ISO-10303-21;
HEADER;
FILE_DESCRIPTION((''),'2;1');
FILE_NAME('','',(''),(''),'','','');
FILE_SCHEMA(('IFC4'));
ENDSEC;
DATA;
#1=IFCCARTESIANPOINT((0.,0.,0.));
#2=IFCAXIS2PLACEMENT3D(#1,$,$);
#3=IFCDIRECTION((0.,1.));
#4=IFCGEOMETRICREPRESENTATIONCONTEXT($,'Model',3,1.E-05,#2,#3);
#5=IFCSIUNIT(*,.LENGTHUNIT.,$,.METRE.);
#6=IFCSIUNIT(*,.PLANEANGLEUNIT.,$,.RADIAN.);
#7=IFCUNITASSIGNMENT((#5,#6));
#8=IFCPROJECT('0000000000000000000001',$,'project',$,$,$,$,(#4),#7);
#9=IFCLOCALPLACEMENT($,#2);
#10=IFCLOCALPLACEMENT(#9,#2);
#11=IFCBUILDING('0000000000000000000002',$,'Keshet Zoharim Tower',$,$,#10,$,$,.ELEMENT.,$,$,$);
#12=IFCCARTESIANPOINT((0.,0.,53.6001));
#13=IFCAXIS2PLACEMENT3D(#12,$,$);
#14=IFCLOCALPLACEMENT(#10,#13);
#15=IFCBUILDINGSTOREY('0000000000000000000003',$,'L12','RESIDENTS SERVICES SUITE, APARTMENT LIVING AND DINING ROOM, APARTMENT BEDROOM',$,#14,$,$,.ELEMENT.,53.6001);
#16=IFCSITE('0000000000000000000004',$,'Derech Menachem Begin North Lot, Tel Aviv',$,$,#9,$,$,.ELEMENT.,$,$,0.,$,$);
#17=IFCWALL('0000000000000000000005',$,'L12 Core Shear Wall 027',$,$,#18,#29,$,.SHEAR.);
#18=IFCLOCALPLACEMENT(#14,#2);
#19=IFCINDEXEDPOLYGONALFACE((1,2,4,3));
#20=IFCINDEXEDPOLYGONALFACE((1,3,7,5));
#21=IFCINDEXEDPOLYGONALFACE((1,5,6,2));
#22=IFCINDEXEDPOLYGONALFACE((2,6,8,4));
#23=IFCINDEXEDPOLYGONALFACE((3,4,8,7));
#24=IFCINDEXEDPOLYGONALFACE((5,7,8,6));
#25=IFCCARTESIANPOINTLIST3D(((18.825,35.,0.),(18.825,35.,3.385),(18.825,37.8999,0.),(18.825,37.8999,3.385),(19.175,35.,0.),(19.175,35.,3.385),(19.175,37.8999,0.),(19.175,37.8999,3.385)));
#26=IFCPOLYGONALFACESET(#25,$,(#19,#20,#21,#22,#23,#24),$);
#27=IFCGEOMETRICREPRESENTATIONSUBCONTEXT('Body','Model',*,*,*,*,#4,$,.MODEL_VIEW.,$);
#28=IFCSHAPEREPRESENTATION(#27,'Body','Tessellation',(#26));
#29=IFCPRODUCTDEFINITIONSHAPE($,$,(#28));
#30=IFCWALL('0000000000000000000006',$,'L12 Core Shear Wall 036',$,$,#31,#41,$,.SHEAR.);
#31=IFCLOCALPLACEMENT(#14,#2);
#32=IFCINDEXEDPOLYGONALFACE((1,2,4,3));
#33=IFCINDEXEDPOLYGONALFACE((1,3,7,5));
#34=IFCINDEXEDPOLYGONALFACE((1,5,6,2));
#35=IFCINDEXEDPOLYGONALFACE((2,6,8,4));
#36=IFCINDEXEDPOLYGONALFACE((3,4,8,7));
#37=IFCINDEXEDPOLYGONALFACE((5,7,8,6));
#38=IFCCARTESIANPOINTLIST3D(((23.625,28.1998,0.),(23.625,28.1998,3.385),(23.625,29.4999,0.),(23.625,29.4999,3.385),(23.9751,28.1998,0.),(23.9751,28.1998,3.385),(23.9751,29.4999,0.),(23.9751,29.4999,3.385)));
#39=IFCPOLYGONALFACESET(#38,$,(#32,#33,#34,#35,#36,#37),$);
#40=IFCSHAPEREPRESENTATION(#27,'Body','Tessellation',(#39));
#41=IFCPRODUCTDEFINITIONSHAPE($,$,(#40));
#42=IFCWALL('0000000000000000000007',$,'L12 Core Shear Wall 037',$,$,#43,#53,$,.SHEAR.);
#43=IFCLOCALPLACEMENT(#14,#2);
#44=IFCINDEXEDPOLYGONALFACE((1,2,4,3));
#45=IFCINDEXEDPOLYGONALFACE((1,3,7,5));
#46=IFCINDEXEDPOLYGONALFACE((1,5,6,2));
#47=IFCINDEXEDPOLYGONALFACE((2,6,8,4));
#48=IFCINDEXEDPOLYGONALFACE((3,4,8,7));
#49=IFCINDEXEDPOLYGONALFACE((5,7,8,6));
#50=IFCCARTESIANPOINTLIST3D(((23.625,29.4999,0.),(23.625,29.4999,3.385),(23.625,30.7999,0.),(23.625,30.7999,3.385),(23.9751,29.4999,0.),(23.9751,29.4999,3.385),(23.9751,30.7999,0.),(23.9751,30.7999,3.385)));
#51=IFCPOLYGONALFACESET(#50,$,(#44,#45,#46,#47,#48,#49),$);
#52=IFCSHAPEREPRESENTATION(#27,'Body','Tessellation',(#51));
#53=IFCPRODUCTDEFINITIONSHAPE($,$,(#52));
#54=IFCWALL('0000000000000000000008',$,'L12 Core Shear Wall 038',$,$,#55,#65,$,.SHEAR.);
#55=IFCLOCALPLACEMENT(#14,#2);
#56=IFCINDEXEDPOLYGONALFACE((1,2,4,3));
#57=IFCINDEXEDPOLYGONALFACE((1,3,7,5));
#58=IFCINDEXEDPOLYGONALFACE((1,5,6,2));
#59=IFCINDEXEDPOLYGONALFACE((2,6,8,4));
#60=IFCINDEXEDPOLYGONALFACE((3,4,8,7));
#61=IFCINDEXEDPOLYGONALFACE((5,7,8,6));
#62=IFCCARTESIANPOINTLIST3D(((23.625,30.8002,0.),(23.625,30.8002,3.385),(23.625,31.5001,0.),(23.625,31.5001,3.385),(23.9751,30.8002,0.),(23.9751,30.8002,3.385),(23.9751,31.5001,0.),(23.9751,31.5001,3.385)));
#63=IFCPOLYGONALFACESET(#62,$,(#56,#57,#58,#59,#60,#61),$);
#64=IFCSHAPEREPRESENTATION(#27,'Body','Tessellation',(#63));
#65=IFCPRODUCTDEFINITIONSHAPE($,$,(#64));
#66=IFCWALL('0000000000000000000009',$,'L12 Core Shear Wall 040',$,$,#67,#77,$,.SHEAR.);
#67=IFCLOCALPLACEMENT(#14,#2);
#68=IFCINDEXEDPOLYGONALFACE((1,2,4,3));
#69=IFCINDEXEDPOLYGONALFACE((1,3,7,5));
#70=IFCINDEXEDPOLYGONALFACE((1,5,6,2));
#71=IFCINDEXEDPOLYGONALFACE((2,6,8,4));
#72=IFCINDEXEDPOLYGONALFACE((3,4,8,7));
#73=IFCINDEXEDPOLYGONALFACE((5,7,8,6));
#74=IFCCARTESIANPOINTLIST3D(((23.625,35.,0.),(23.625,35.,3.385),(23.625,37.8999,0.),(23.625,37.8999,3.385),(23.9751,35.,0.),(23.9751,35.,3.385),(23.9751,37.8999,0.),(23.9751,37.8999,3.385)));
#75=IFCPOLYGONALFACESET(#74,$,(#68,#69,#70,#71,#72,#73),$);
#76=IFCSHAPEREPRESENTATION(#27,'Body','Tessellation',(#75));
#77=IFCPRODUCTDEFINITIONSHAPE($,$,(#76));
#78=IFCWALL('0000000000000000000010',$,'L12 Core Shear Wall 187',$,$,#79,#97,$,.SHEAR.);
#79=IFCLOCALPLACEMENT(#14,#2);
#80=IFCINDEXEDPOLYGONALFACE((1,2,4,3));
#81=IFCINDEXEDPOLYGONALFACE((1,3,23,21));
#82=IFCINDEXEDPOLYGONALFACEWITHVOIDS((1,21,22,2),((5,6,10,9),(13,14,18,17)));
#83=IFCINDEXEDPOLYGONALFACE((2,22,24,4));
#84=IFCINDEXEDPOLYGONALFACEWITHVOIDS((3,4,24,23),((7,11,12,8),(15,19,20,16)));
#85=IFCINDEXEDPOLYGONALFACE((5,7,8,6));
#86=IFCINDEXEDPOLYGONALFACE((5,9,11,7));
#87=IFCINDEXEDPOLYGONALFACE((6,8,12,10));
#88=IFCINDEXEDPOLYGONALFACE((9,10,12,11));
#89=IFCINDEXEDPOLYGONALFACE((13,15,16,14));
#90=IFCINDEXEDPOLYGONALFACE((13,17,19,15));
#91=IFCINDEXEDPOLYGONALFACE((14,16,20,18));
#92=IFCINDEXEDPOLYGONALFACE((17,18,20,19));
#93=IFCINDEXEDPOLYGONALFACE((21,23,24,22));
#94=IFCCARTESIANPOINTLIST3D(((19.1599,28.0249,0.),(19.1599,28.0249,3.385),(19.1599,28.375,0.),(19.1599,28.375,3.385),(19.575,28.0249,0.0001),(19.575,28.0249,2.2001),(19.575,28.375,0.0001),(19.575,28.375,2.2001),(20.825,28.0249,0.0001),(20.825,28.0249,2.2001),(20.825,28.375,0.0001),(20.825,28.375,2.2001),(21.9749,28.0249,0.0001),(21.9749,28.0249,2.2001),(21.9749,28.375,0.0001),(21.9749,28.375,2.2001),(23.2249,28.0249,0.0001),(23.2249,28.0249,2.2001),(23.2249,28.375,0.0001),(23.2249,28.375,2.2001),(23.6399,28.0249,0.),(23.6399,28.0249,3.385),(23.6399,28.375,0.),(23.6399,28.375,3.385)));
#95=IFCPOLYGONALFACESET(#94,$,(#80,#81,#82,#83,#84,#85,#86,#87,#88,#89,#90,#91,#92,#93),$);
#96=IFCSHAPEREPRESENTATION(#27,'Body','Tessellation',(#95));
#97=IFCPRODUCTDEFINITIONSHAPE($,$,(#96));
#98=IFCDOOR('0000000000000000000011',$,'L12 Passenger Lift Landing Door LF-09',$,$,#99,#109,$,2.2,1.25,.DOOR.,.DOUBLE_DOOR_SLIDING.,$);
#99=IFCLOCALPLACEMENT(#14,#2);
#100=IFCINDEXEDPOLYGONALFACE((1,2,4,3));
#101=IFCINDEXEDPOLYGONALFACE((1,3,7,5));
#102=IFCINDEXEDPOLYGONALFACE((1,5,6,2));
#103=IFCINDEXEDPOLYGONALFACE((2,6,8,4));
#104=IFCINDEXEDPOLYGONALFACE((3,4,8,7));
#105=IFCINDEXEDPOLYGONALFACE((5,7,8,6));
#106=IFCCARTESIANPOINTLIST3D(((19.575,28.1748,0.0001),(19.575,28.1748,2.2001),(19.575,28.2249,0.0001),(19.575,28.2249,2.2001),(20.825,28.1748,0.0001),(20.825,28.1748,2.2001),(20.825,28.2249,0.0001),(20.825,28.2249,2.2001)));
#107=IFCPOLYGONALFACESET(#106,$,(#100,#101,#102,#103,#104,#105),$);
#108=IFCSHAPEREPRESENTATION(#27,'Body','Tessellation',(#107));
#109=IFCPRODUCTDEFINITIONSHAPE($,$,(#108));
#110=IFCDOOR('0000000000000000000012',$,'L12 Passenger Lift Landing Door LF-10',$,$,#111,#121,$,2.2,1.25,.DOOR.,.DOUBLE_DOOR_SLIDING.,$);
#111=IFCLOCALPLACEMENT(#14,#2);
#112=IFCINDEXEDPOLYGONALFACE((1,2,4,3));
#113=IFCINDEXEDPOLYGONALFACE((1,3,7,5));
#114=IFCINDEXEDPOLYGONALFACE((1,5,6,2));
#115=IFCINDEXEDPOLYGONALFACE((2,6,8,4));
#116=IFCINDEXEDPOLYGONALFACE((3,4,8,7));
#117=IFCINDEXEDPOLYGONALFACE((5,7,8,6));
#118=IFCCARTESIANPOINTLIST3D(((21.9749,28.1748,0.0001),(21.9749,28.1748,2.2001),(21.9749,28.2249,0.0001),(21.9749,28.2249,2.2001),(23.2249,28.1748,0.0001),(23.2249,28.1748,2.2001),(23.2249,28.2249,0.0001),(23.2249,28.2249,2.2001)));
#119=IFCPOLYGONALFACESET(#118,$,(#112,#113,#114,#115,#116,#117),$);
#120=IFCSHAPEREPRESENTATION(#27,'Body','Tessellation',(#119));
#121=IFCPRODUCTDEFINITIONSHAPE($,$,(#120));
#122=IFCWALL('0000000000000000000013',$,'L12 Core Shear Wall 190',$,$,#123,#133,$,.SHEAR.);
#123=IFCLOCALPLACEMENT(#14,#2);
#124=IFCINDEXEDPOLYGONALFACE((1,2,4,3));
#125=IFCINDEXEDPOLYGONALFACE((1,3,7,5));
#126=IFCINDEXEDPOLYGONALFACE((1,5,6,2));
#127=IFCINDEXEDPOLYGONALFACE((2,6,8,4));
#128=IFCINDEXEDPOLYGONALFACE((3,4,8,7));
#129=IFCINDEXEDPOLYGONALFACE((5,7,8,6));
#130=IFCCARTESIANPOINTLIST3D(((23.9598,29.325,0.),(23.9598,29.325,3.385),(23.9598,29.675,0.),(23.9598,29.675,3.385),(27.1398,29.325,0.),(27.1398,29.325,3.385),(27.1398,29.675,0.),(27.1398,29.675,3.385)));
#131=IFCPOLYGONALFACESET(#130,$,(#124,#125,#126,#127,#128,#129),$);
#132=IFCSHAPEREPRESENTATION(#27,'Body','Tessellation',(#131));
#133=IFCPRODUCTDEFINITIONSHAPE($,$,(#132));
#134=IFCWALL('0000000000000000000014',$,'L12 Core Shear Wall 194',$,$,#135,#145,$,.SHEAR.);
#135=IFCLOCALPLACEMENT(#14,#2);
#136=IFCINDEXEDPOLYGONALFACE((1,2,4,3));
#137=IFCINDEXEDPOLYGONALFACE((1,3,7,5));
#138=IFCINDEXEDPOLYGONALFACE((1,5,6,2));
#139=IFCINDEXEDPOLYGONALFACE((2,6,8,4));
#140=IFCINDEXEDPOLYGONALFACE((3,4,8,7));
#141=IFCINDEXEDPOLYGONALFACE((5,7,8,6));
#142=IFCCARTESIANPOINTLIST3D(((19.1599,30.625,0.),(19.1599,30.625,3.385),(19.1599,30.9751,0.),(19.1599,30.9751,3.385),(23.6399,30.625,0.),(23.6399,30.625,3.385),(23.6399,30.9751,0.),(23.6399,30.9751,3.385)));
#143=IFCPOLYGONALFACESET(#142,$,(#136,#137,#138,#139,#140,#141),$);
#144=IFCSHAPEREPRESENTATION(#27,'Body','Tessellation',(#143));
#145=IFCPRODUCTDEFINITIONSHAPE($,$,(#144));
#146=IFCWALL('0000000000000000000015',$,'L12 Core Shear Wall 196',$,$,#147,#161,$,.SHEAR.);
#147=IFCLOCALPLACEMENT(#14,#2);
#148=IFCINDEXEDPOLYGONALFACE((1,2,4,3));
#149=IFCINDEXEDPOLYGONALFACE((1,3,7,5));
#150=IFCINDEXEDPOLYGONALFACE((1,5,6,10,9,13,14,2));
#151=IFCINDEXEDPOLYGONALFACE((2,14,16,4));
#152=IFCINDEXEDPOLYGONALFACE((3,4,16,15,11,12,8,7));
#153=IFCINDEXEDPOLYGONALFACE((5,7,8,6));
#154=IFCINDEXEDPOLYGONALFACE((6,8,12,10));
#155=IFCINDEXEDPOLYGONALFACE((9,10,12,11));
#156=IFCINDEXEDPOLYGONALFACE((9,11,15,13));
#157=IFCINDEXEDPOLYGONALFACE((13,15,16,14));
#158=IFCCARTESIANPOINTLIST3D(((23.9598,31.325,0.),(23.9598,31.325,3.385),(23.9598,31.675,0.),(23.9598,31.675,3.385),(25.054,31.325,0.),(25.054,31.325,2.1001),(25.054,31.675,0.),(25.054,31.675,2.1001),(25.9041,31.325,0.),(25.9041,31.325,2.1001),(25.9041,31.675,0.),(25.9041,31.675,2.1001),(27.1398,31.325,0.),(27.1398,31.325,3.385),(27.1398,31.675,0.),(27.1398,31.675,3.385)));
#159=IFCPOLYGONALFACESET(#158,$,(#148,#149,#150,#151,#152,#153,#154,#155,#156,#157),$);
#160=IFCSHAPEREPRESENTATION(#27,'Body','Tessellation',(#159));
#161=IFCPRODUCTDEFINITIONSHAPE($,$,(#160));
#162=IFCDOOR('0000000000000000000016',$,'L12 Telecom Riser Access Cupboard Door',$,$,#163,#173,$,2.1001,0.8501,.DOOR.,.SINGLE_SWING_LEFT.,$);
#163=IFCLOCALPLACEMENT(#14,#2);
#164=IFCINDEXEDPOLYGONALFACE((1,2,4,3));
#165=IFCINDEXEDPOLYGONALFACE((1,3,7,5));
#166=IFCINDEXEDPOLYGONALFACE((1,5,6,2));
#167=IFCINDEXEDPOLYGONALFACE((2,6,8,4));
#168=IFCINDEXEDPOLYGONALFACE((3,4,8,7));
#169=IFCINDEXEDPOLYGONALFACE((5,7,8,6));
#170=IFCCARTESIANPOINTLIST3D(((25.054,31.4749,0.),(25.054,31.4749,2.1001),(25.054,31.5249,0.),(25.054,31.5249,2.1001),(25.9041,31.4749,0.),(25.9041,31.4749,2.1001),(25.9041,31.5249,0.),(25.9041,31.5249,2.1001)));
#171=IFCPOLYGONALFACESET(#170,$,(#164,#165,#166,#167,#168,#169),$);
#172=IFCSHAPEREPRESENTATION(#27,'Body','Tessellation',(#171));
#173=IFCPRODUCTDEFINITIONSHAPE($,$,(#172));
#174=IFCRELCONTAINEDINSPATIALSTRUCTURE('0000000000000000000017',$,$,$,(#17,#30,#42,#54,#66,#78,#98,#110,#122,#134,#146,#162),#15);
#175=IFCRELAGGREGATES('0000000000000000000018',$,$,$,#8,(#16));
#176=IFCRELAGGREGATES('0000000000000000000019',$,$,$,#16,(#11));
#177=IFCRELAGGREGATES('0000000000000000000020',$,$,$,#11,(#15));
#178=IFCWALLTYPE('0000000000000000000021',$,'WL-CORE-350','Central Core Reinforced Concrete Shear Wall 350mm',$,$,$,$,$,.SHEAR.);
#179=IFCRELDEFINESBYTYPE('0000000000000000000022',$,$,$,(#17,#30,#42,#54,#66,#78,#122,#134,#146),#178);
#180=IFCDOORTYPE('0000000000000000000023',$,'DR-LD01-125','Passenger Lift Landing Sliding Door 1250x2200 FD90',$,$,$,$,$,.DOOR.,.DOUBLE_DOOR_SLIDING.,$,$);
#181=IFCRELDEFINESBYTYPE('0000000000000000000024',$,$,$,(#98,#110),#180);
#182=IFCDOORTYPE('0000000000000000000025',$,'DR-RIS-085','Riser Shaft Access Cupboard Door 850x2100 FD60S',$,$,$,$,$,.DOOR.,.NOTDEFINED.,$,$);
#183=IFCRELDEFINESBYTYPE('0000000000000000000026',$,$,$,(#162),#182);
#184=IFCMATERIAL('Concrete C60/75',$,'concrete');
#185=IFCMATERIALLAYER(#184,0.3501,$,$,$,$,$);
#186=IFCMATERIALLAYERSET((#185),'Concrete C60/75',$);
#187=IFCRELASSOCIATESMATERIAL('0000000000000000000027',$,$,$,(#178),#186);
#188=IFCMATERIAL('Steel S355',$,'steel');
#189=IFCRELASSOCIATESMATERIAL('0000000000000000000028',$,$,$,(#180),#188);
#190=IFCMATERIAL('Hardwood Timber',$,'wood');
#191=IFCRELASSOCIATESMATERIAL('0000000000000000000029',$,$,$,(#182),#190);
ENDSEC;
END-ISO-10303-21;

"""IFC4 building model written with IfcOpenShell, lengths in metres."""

from ifc_helpers import new_model, si_unit, direction, frame, frame_2d, origin, place, context, subcontext, project, spatial, rectangle, extrude, material, layer, layer_set, type_object, element, fill, save


model = new_model("IFC4")

# Units and contexts
model_context = context("Model", 3, precision=1e-05, world=origin(), true_north=direction((0.0, 1.0)))
body_context = subcontext(model_context, "Body", "Model", "MODEL_VIEW")
ifc_project = project(units=[si_unit("LENGTHUNIT", "METRE"), si_unit("PLANEANGLEUNIT", "RADIAN")], contexts=[model_context])

# Site, building, storey
site_placement = place(None, origin())
site = spatial("IfcSite", under=ifc_project, at=site_placement, Name="Derech Menachem Begin North Lot, Tel Aviv", CompositionType="ELEMENT", RefElevation=0.0)
building_placement = place(site_placement, origin())
building = spatial("IfcBuilding", under=site, at=building_placement, Name="Keshet Zoharim Tower", CompositionType="ELEMENT")
storey_placement = place(building_placement, frame((0.0, 0.0, 53.6001)))
storey = spatial("IfcBuildingStorey", under=building, at=storey_placement, Name="L12", Description="RESIDENTS SERVICES SUITE, APARTMENT LIVING AND DINING ROOM, APARTMENT BEDROOM", CompositionType="ELEMENT", Elevation=53.6001)

# Shared definitions
ifc_material_1 = material(Name="Concrete C60/75", Category="concrete")
ifc_layer_1 = layer(ifc_material_1, 0.3501)
ifc_layer_set_1 = layer_set([ifc_layer_1], Name="Concrete C60/75")
wall_type_1 = type_object("IfcWallType", Name="WL-CORE-350", Description="Central Core Reinforced Concrete Shear Wall 350mm", PredefinedType="SHEAR", material=ifc_layer_set_1)
ifc_material_2 = material(Name="Hardwood Timber", Category="wood")

# Walls
wall_1_placement = place(storey_placement, frame((19.0, 35.0, 0.0), z_axis=(0.0, 0.0, 1.0), x_axis=(0.0, 1.0, 0.0)))
element("IfcWall", 1, at=wall_1_placement, inside=storey, type_object=wall_type_1, Name="L12 Core Shear Wall 027", PredefinedType="SHEAR", context=body_context, shape_type="SweptSolid", body=[
    extrude(rectangle(XDim=2.8999, YDim=0.3501, at=frame_2d((1.45, 0.0))), origin(), (0.0, 0.0, 1.0), 3.385),
])
for number, where, z_axis, x_axis, name in (
    (2, (23.8, 28.2, 0.0), (0.0, 0.0, 1.0), (0.0, 1.0, 0.0), "L12 Core Shear Wall 036"),
    (3, (23.8, 29.5, 0.0), (0.0, 0.0, 1.0), (0.0, 1.0, 0.0), "L12 Core Shear Wall 037"),
):
    element("IfcWall", number, at=place(storey_placement, frame(where, z_axis=z_axis, x_axis=x_axis)), inside=storey, type_object=wall_type_1, Name=name, PredefinedType="SHEAR", context=body_context, shape_type="SweptSolid", body=[
        extrude(rectangle(XDim=1.3, YDim=0.3501, at=frame_2d((0.6499, 0.0))), origin(), (0.0, 0.0, 1.0), 3.385),
    ])
wall_2_placement = place(storey_placement, frame((23.8, 30.8, 0.0), z_axis=(0.0, 0.0, 1.0), x_axis=(0.0, 1.0, 0.0)))
element("IfcWall", 4, at=wall_2_placement, inside=storey, type_object=wall_type_1, Name="L12 Core Shear Wall 038", PredefinedType="SHEAR", context=body_context, shape_type="SweptSolid", body=[
    extrude(rectangle(XDim=0.7, YDim=0.3501, at=frame_2d((0.3501, 0.0))), origin(), (0.0, 0.0, 1.0), 3.385),
])

# Wall
wall_3_placement = place(storey_placement, frame((23.8, 35.0, 0.0), z_axis=(0.0, 0.0, 1.0), x_axis=(0.0, 1.0, 0.0)))
element("IfcWall", 5, at=wall_3_placement, inside=storey, type_object=wall_type_1, Name="L12 Core Shear Wall 040", PredefinedType="SHEAR", context=body_context, shape_type="SweptSolid", body=[
    extrude(rectangle(XDim=2.8999, YDim=0.3501, at=frame_2d((1.45, 0.0))), origin(), (0.0, 0.0, 1.0), 3.385),
])

# Wall, openings, doors
wall_4_placement = place(storey_placement, frame((19.1599, 28.2, 0.0), z_axis=(0.0, 0.0, 1.0), x_axis=(1.0, 0.0, 0.0)))
wall_4 = element("IfcWall", 6, at=wall_4_placement, inside=storey, type_object=wall_type_1, Name="L12 Core Shear Wall 187", PredefinedType="SHEAR", context=body_context, shape_type="SweptSolid", body=[
    extrude(rectangle(XDim=4.48, YDim=0.3501, at=frame_2d((2.24, 0.0))), origin(), (0.0, 0.0, 1.0), 3.385),
])
opening_1_placement = place(wall_4_placement, frame((0.415, 0.0, 0.0)))
opening_1 = element("IfcOpeningElement", 7, at=opening_1_placement, cuts=wall_4, PredefinedType="OPENING", context=body_context, shape_type="SweptSolid", body=[
    extrude(rectangle(XDim=1.25, YDim=2.2, at=frame_2d((0.625, 1.1001))), frame((0.0, 0.1851, 0.0), z_axis=(0.0, -1.0, 0.0), x_axis=(1.0, 0.0, 0.0)), (0.0, 0.0, 1.0), 0.3701),
])
opening_2_placement = place(wall_4_placement, frame((2.8149, 0.0, 0.0)))
opening_2 = element("IfcOpeningElement", 8, at=opening_2_placement, cuts=wall_4, PredefinedType="OPENING", context=body_context, shape_type="SweptSolid", body=[
    extrude(rectangle(XDim=1.25, YDim=2.2, at=frame_2d((0.625, 1.1001))), frame((0.0, 0.1851, 0.0), z_axis=(0.0, -1.0, 0.0), x_axis=(1.0, 0.0, 0.0)), (0.0, 0.0, 1.0), 0.3701),
])
ifc_material_3 = material(Name="Steel S355", Category="steel")
door_type_1 = type_object("IfcDoorType", Name="DR-LD01-125", Description="Passenger Lift Landing Sliding Door 1250x2200 FD90", OperationType="DOUBLE_DOOR_SLIDING", PredefinedType="DOOR", material=ifc_material_3)
door_1_placement = place(opening_1_placement, origin())
door_1 = element("IfcDoor", 9, at=door_1_placement, inside=storey, type_object=door_type_1, Name="L12 Passenger Lift Landing Door LF-09", OperationType="DOUBLE_DOOR_SLIDING", OverallHeight=2.2, OverallWidth=1.25, PredefinedType="DOOR", context=body_context, shape_type="SweptSolid", body=[
    extrude(rectangle(XDim=1.25, YDim=2.2, at=frame_2d((0.625, 1.1001))), frame((0.0, 0.0249, 0.0), z_axis=(0.0, -1.0, 0.0), x_axis=(1.0, 0.0, 0.0)), (0.0, 0.0, 1.0), 0.05),
])
fill(opening_1, door_1)
door_2_placement = place(opening_2_placement, origin())
door_2 = element("IfcDoor", 10, at=door_2_placement, inside=storey, type_object=door_type_1, Name="L12 Passenger Lift Landing Door LF-10", OperationType="DOUBLE_DOOR_SLIDING", OverallHeight=2.2, OverallWidth=1.25, PredefinedType="DOOR", context=body_context, shape_type="SweptSolid", body=[
    extrude(rectangle(XDim=1.25, YDim=2.2, at=frame_2d((0.625, 1.1001))), frame((0.0, 0.0249, 0.0), z_axis=(0.0, -1.0, 0.0), x_axis=(1.0, 0.0, 0.0)), (0.0, 0.0, 1.0), 0.05),
])
fill(opening_2, door_2)

# Walls
wall_5_placement = place(storey_placement, frame((23.96, 29.5, 0.0), z_axis=(0.0, 0.0, 1.0), x_axis=(1.0, 0.0, 0.0)))
element("IfcWall", 11, at=wall_5_placement, inside=storey, type_object=wall_type_1, Name="L12 Core Shear Wall 190", PredefinedType="SHEAR", context=body_context, shape_type="SweptSolid", body=[
    extrude(rectangle(XDim=3.1799, YDim=0.3501, at=frame_2d((1.5898, 0.0))), origin(), (0.0, 0.0, 1.0), 3.385),
])
wall_6_placement = place(storey_placement, frame((19.1599, 30.8, 0.0), z_axis=(0.0, 0.0, 1.0), x_axis=(1.0, 0.0, 0.0)))
element("IfcWall", 12, at=wall_6_placement, inside=storey, type_object=wall_type_1, Name="L12 Core Shear Wall 194", PredefinedType="SHEAR", context=body_context, shape_type="SweptSolid", body=[
    extrude(rectangle(XDim=4.48, YDim=0.3501, at=frame_2d((2.24, 0.0))), origin(), (0.0, 0.0, 1.0), 3.385),
])

# Wall, opening, door
wall_7_placement = place(storey_placement, frame((23.96, 31.5, 0.0), z_axis=(0.0, 0.0, 1.0), x_axis=(1.0, 0.0, 0.0)))
wall_7 = element("IfcWall", 13, at=wall_7_placement, inside=storey, type_object=wall_type_1, Name="L12 Core Shear Wall 196", PredefinedType="SHEAR", context=body_context, shape_type="SweptSolid", body=[
    extrude(rectangle(XDim=3.1799, YDim=0.3501, at=frame_2d((1.5898, 0.0))), origin(), (0.0, 0.0, 1.0), 3.385),
])
opening_3_placement = place(wall_7_placement, frame((1.094, 0.0, 0.0)))
opening_3 = element("IfcOpeningElement", 14, at=opening_3_placement, cuts=wall_7, PredefinedType="OPENING", context=body_context, shape_type="SweptSolid", body=[
    extrude(rectangle(XDim=0.8501, YDim=2.1001, at=frame_2d((0.425, 1.05))), frame((0.0, 0.1851, 0.0), z_axis=(0.0, -1.0, 0.0), x_axis=(1.0, 0.0, 0.0)), (0.0, 0.0, 1.0), 0.3701),
])
door_type_2 = type_object("IfcDoorType", Name="DR-RIS-085", Description="Riser Shaft Access Cupboard Door 850x2100 FD60S", OperationType="NOTDEFINED", PredefinedType="DOOR", material=ifc_material_2)
door_3_placement = place(opening_3_placement, origin())
door_3 = element("IfcDoor", 15, at=door_3_placement, inside=storey, type_object=door_type_2, Name="L12 Telecom Riser Access Cupboard Door", OperationType="SINGLE_SWING_LEFT", OverallHeight=2.1001, OverallWidth=0.8501, PredefinedType="DOOR", context=body_context, shape_type="SweptSolid", body=[
    extrude(rectangle(XDim=0.8501, YDim=2.1001, at=frame_2d((0.425, 1.05))), frame((0.0, 0.0249, 0.0), z_axis=(0.0, -1.0, 0.0), x_axis=(1.0, 0.0, 0.0)), (0.0, 0.0, 1.0), 0.05),
])
fill(opening_3, door_3)

save(model, "model.ifc")
